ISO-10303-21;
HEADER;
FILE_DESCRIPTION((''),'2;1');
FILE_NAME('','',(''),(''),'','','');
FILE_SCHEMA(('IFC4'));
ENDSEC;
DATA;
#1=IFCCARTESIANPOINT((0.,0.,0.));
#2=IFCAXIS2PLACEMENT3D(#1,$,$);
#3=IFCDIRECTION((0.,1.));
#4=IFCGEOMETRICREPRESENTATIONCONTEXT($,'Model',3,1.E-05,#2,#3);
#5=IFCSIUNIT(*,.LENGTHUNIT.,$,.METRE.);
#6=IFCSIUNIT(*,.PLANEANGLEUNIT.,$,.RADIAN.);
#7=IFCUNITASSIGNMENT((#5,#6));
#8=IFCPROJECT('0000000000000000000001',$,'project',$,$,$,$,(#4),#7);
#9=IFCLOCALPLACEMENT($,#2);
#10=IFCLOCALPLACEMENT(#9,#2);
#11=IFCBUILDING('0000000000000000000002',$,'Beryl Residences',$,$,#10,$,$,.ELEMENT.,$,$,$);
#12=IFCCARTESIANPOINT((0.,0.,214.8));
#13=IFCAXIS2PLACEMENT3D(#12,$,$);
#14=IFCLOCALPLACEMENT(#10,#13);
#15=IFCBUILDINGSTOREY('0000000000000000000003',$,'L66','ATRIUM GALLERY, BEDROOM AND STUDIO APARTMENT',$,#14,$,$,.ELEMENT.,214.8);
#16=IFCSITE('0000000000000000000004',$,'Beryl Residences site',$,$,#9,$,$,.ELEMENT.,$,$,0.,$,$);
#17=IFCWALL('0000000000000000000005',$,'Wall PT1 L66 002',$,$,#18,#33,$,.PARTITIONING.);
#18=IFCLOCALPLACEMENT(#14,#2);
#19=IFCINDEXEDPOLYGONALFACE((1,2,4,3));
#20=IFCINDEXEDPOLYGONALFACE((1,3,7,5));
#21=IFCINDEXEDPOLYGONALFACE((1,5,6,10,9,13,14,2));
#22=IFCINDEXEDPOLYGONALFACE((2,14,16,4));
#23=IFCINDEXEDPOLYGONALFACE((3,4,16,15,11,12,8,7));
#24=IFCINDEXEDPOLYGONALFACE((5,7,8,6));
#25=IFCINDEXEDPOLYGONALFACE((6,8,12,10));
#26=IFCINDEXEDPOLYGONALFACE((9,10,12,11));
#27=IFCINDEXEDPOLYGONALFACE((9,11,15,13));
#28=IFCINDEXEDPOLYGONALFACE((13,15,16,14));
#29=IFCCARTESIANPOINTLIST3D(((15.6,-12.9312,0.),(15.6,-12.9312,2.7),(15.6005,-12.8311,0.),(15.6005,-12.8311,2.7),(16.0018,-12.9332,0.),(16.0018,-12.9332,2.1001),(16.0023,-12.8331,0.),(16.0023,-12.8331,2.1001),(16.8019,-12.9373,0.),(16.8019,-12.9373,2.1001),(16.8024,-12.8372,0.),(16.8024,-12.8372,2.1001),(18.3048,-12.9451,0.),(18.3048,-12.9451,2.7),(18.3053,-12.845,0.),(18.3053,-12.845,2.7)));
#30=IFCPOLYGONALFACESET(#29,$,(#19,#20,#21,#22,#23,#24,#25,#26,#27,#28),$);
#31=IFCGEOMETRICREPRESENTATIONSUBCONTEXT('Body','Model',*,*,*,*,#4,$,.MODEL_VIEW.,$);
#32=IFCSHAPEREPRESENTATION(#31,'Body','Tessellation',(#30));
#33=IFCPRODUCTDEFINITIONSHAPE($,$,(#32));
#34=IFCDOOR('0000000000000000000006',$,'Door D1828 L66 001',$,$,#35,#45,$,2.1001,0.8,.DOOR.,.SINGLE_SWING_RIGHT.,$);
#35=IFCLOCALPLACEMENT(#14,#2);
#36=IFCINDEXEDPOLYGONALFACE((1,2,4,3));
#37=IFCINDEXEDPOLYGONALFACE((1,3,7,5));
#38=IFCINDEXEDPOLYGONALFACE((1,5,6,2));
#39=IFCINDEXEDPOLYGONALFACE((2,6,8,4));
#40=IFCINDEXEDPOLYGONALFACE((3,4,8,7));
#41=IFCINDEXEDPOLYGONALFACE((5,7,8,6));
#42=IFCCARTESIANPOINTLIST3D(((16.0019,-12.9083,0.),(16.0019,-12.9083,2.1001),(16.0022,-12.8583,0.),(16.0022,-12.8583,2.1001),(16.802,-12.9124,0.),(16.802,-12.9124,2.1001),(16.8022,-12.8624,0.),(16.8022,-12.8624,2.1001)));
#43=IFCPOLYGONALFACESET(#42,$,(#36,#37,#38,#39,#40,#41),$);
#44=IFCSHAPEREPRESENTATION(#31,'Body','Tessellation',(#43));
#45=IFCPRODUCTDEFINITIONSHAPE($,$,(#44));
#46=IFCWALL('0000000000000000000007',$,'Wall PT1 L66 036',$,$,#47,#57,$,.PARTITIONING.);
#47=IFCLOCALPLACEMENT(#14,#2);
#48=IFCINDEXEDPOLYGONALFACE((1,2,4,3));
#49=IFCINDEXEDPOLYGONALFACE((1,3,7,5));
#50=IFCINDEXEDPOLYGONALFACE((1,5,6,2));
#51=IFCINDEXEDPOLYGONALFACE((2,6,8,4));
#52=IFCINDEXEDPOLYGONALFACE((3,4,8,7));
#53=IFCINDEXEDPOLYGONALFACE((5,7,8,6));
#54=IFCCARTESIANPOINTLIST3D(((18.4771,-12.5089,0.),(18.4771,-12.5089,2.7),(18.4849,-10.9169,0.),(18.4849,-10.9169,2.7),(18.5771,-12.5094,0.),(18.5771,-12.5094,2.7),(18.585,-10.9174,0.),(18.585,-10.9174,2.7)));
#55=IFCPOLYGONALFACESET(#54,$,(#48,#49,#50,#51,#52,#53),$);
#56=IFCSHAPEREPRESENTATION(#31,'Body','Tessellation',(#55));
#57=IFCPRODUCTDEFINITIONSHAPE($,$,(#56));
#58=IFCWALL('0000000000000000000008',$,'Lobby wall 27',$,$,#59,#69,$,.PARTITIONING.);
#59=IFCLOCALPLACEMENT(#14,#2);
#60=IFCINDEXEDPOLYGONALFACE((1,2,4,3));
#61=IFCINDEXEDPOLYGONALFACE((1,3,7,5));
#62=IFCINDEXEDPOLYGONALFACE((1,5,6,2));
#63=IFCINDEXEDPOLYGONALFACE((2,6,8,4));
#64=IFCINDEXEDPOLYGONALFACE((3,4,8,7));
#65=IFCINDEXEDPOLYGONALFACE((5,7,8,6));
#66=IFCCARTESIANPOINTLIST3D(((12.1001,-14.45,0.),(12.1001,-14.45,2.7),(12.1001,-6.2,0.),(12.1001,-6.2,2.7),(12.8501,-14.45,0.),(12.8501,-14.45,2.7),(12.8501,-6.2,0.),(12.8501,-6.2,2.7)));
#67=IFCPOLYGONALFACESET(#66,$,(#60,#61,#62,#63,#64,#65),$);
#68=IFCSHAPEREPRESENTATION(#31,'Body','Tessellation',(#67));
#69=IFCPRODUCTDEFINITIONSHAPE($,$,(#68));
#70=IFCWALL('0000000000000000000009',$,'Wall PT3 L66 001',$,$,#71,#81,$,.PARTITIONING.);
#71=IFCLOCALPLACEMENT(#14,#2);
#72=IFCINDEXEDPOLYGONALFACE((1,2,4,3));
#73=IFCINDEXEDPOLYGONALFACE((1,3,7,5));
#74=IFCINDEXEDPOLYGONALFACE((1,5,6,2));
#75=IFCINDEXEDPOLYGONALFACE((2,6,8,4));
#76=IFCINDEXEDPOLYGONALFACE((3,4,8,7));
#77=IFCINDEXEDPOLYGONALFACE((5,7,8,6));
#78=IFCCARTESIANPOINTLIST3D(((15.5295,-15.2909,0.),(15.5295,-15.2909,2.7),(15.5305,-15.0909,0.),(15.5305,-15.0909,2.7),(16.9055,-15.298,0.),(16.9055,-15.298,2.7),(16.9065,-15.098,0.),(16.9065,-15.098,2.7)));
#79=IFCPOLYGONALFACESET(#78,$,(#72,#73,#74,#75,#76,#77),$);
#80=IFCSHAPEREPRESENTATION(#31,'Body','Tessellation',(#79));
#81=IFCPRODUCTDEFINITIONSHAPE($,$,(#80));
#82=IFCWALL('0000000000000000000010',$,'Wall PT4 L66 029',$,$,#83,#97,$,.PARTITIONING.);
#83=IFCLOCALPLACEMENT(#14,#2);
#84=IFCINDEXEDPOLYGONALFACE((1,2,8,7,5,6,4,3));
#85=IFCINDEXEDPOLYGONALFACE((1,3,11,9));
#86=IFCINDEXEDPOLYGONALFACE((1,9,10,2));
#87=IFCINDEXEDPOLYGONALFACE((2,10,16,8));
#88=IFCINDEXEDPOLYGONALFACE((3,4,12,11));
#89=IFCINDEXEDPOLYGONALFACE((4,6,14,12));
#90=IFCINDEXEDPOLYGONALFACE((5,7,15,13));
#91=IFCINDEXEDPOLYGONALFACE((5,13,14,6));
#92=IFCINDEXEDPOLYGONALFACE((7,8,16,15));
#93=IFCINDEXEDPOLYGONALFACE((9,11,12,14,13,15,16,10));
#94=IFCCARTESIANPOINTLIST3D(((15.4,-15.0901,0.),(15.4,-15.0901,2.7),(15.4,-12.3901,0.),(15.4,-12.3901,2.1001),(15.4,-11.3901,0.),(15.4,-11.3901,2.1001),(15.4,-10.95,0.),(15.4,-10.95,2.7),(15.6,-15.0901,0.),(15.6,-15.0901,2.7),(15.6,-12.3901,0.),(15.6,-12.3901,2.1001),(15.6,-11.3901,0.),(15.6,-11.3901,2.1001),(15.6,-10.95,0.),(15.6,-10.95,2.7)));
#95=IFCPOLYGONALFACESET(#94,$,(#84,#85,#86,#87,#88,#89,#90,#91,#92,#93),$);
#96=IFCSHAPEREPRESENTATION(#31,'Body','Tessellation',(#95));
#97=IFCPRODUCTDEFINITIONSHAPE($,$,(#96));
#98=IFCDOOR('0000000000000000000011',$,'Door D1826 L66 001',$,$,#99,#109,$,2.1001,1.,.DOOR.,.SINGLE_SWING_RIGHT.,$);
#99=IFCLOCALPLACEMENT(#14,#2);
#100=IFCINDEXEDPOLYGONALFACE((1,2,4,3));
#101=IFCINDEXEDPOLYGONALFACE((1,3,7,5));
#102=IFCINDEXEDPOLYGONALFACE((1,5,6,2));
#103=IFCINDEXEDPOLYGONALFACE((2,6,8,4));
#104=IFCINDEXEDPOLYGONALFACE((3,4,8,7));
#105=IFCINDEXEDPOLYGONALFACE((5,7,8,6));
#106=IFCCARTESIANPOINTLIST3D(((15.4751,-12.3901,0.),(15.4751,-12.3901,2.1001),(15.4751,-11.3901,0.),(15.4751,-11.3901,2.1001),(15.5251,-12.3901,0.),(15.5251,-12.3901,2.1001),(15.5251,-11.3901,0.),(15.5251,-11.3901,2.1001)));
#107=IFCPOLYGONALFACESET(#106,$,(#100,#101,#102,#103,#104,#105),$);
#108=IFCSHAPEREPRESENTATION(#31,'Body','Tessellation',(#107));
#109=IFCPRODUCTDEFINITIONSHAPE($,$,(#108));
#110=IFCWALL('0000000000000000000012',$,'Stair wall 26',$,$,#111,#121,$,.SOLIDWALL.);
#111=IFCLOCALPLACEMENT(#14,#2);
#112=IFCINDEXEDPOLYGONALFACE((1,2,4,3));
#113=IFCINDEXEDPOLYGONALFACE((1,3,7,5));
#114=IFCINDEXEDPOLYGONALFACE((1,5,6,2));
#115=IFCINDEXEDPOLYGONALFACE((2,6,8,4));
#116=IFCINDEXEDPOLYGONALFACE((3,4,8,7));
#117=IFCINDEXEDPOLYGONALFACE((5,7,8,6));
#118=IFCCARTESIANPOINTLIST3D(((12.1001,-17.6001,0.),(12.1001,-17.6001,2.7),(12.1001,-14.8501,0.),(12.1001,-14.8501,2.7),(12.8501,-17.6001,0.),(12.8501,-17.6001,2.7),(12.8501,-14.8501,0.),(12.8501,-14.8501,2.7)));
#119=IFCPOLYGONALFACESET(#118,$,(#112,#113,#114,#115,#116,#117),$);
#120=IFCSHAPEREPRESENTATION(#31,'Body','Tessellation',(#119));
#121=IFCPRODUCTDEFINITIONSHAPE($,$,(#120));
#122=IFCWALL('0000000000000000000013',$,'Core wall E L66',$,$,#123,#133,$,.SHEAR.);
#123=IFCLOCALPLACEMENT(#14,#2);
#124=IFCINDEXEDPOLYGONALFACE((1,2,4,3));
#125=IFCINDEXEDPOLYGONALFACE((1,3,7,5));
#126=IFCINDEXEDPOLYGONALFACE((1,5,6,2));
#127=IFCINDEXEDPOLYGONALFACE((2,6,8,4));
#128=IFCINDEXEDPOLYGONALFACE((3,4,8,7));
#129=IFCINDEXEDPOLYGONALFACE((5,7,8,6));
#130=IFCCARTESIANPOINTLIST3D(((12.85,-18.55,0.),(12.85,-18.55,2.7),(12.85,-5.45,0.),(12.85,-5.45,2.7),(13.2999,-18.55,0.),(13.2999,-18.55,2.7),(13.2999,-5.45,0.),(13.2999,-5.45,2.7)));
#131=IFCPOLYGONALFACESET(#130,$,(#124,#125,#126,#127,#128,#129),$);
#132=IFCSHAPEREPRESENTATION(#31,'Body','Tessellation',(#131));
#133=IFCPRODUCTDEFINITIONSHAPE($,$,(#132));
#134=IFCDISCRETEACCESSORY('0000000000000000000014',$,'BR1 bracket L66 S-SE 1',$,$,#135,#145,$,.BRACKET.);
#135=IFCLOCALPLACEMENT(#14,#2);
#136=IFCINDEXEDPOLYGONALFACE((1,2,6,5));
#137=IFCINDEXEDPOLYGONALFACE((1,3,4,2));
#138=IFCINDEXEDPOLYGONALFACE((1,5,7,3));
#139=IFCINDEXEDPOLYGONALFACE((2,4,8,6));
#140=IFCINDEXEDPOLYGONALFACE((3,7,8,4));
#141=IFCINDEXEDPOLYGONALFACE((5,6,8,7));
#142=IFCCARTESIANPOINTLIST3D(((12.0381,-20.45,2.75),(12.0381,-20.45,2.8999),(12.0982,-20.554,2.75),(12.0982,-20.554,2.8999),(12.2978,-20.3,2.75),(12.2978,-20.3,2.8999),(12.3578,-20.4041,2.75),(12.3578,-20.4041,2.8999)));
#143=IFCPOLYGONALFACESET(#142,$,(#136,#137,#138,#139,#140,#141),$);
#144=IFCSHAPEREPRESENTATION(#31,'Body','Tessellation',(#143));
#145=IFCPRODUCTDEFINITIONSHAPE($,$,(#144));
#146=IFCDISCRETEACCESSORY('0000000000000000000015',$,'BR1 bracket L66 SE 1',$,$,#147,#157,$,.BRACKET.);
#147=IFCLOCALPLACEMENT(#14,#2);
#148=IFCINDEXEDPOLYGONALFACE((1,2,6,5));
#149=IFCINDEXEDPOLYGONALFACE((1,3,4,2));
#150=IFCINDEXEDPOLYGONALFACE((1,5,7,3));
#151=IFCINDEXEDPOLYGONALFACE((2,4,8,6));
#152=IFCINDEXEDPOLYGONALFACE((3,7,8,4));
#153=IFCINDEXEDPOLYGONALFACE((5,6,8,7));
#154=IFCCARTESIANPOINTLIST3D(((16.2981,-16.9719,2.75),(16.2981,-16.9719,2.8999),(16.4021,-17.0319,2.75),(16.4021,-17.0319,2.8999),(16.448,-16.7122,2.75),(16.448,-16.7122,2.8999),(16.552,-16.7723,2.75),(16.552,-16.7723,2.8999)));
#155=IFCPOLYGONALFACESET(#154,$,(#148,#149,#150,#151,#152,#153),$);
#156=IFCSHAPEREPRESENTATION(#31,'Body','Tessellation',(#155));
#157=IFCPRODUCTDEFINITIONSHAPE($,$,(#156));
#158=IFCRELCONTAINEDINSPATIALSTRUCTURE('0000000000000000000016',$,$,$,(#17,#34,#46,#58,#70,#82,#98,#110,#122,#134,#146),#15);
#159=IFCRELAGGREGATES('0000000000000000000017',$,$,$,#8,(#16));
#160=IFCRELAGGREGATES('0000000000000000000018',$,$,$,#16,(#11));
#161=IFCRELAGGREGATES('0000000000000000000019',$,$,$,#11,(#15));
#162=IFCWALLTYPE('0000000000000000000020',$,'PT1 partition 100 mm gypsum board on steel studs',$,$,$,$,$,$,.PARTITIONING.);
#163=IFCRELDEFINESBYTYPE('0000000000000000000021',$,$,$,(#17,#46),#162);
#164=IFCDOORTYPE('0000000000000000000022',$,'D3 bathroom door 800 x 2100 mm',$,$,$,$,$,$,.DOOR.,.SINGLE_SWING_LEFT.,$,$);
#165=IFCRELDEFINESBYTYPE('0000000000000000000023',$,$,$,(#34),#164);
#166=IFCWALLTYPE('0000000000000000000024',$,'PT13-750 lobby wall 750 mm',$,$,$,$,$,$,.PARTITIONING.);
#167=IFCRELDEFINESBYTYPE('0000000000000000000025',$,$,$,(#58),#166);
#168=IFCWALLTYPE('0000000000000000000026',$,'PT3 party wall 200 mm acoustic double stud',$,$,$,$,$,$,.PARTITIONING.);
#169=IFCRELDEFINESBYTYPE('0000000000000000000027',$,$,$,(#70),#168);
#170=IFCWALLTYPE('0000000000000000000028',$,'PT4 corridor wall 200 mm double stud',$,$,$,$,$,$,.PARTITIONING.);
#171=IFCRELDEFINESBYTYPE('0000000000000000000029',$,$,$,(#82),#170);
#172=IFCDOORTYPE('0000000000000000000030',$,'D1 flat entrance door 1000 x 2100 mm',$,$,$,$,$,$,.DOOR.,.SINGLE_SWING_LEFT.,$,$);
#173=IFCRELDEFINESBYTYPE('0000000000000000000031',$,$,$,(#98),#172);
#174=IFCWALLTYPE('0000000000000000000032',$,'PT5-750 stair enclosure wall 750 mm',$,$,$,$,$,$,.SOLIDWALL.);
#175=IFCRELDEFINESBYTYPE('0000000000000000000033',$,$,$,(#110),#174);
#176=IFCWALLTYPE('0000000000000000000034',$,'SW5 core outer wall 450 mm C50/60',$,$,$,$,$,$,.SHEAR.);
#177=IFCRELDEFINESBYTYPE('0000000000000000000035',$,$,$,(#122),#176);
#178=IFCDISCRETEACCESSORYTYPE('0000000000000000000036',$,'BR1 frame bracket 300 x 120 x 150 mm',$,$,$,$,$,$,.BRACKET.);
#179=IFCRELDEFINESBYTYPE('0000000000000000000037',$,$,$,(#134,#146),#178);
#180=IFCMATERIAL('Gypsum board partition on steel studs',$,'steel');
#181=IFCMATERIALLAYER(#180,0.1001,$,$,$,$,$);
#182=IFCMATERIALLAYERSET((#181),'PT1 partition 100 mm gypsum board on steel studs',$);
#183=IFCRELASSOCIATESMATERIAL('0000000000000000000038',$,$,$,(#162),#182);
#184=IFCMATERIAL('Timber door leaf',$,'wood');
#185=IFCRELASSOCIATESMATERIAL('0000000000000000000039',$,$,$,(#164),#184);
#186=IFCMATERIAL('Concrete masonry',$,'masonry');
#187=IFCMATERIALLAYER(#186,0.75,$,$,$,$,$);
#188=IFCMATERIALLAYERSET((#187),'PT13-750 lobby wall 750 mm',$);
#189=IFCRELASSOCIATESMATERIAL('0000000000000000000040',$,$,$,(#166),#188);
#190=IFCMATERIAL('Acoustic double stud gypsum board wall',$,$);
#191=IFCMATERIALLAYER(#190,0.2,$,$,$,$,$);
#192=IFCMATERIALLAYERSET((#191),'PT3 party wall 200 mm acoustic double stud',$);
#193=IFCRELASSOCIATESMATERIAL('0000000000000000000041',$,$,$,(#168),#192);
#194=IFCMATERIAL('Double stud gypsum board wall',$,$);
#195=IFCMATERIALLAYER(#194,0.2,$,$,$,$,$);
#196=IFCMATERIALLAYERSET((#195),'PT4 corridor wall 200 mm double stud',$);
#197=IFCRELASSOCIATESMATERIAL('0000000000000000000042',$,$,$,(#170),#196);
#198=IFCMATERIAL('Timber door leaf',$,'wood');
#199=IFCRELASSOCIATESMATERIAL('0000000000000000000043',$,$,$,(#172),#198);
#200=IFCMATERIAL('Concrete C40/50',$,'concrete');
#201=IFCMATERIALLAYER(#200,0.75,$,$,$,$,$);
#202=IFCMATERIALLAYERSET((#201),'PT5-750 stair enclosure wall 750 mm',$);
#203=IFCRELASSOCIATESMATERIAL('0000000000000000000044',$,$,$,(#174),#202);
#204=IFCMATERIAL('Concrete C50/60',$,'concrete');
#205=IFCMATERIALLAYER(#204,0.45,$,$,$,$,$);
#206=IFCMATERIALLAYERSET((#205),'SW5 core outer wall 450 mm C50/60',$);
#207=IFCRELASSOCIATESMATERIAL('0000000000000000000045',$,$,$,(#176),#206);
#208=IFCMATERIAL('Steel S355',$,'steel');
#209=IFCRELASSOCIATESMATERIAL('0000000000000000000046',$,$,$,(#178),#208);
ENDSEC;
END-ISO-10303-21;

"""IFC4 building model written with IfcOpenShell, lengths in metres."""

from ifc_helpers import new_model, si_unit, direction, frame, frame_2d, origin, place, context, subcontext, project, spatial, polyline, rectangle, outline, extrude, source, transform, mapped, material, layer, layer_set, type_object, type_shapes, element, fill, save


model = new_model("IFC4")

# Units and contexts
model_context = context("Model", 3, precision=1e-05, world=origin(), true_north=direction((0.0, 1.0)))
body_context = subcontext(model_context, "Body", "Model", "MODEL_VIEW")
ifc_project = project(units=[si_unit("LENGTHUNIT", "METRE"), si_unit("PLANEANGLEUNIT", "RADIAN")], contexts=[model_context])

# Site, building, storey
site_placement = place(None, origin())
site = spatial("IfcSite", under=ifc_project, at=site_placement, Name="Beryl Residences site", CompositionType="ELEMENT", RefElevation=0.0)
building_placement = place(site_placement, origin())
building = spatial("IfcBuilding", under=site, at=building_placement, Name="Beryl Residences", CompositionType="ELEMENT")
storey_placement = place(building_placement, frame((0.0, 0.0, 214.8)))
storey = spatial("IfcBuildingStorey", under=building, at=storey_placement, Name="L66", Description="ATRIUM GALLERY, BEDROOM AND STUDIO APARTMENT", CompositionType="ELEMENT", Elevation=214.8)

# Wall, opening, door
ifc_material_1 = material(Name="Gypsum board partition on steel studs", Category="steel")
ifc_layer_1 = layer(ifc_material_1, 0.1001)
ifc_layer_set_1 = layer_set([ifc_layer_1], Name="PT1 partition 100 mm gypsum board on steel studs")
wall_type_1 = type_object("IfcWallType", Name="PT1 partition 100 mm gypsum board on steel studs", PredefinedType="PARTITIONING", material=ifc_layer_set_1)
wall_1_placement = place(storey_placement, frame((15.6001, -12.8811, 0.0), z_axis=(0.0, 0.0, 1.0), x_axis=(0.999987, -0.005145, 0.0)))
wall_1 = element("IfcWall", 1, at=wall_1_placement, inside=storey, type_object=wall_type_1, Name="Wall PT1 L66 002", PredefinedType="PARTITIONING", context=body_context, shape_type="SweptSolid", body=[
    extrude(rectangle(XDim=2.7048, YDim=0.1001, at=frame_2d((1.3525, 0.0))), origin(), (0.0, 0.0, 1.0), 2.7),
])
opening_1_placement = place(wall_1_placement, frame((0.4021, 0.0, 0.0)))
opening_1 = element("IfcOpeningElement", 2, at=opening_1_placement, cuts=wall_1, PredefinedType="OPENING", context=body_context, shape_type="SweptSolid", body=[
    extrude(rectangle(XDim=0.8, YDim=2.1001, at=frame_2d((0.3999, 1.05))), frame((0.0, 0.0601, 0.0), z_axis=(0.0, -1.0, 0.0), x_axis=(1.0, 0.0, 0.0)), (0.0, 0.0, 1.0), 0.1201),
])
ifc_material_2 = material(Name="Timber door leaf", Category="wood")
door_type_1 = type_object("IfcDoorType", Name="D3 bathroom door 800 x 2100 mm", OperationType="SINGLE_SWING_LEFT", PredefinedType="DOOR", material=ifc_material_2)
door_1_placement = place(opening_1_placement, origin())
door_1 = element("IfcDoor", 3, at=door_1_placement, inside=storey, type_object=door_type_1, Name="Door D1828 L66 001", OperationType="SINGLE_SWING_RIGHT", OverallHeight=2.1001, OverallWidth=0.8, PredefinedType="DOOR", context=body_context, shape_type="SweptSolid", body=[
    extrude(rectangle(XDim=0.8, YDim=2.1001, at=frame_2d((0.3999, 1.05))), frame((0.0, 0.0249, 0.0), z_axis=(0.0, -1.0, 0.0), x_axis=(1.0, 0.0, 0.0)), (0.0, 0.0, 1.0), 0.05),
])
fill(opening_1, door_1)

# Walls
wall_2_placement = place(storey_placement, frame((18.5271, -12.509, 0.0), z_axis=(0.0, 0.0, 1.0), x_axis=(0.004907, 0.999988, 0.0)))
element("IfcWall", 4, at=wall_2_placement, inside=storey, type_object=wall_type_1, Name="Wall PT1 L66 036", PredefinedType="PARTITIONING", context=body_context, shape_type="SweptSolid", body=[
    extrude(rectangle(XDim=1.592, YDim=0.1001, at=frame_2d((0.7959, 0.0))), origin(), (0.0, 0.0, 1.0), 2.7),
])
ifc_material_3 = material(Name="Concrete masonry", Category="masonry")
ifc_layer_2 = layer(ifc_material_3, 0.75)
ifc_layer_set_2 = layer_set([ifc_layer_2], Name="PT13-750 lobby wall 750 mm")
wall_type_2 = type_object("IfcWallType", Name="PT13-750 lobby wall 750 mm", PredefinedType="PARTITIONING", material=ifc_layer_set_2)
wall_3_placement = place(storey_placement, frame((12.4751, -14.45, 0.0), z_axis=(0.0, 0.0, 1.0), x_axis=(0.0, 1.0, 0.0)))
element("IfcWall", 5, at=wall_3_placement, inside=storey, type_object=wall_type_2, Name="Lobby wall 27", PredefinedType="PARTITIONING", context=body_context, shape_type="SweptSolid", body=[
    extrude(rectangle(XDim=8.25, YDim=0.75, at=frame_2d((4.125, 0.0))), origin(), (0.0, 0.0, 1.0), 2.7),
])
ifc_material_4 = material(Name="Acoustic double stud gypsum board wall")
ifc_layer_3 = layer(ifc_material_4, 0.2)
ifc_layer_set_3 = layer_set([ifc_layer_3], Name="PT3 party wall 200 mm acoustic double stud")
wall_type_3 = type_object("IfcWallType", Name="PT3 party wall 200 mm acoustic double stud", PredefinedType="PARTITIONING", material=ifc_layer_set_3)
wall_4_placement = place(storey_placement, frame((15.53, -15.1909, 0.0), z_axis=(0.0, 0.0, 1.0), x_axis=(0.999987, -0.005145, 0.0)))
element("IfcWall", 6, at=wall_4_placement, inside=storey, type_object=wall_type_3, Name="Wall PT3 L66 001", PredefinedType="PARTITIONING", context=body_context, shape_type="SweptSolid", body=[
    extrude(rectangle(XDim=1.376, YDim=0.2, at=frame_2d((0.688, 0.0))), origin(), (0.0, 0.0, 1.0), 2.7),
])

# Wall, opening, door
ifc_material_5 = material(Name="Double stud gypsum board wall")
ifc_layer_4 = layer(ifc_material_5, 0.2)
ifc_layer_set_4 = layer_set([ifc_layer_4], Name="PT4 corridor wall 200 mm double stud")
wall_type_4 = type_object("IfcWallType", Name="PT4 corridor wall 200 mm double stud", PredefinedType="PARTITIONING", material=ifc_layer_set_4)
wall_5_placement = place(storey_placement, frame((15.5, -15.0901, 0.0), z_axis=(0.0, 0.0, 1.0), x_axis=(0.0, 1.0, 0.0)))
wall_5 = element("IfcWall", 7, at=wall_5_placement, inside=storey, type_object=wall_type_4, Name="Wall PT4 L66 029", PredefinedType="PARTITIONING", context=body_context, shape_type="SweptSolid", body=[
    extrude(rectangle(XDim=4.1401, YDim=0.2, at=frame_2d((2.0701, 0.0))), origin(), (0.0, 0.0, 1.0), 2.7),
])
opening_2_placement = place(wall_5_placement, frame((2.7, 0.0, 0.0)))
opening_2 = element("IfcOpeningElement", 8, at=opening_2_placement, cuts=wall_5, PredefinedType="OPENING", context=body_context, shape_type="SweptSolid", body=[
    extrude(rectangle(XDim=1.0, YDim=2.1001, at=frame_2d((0.5, 1.05))), frame((0.0, 0.1099, 0.0), z_axis=(0.0, -1.0, 0.0), x_axis=(1.0, 0.0, 0.0)), (0.0, 0.0, 1.0), 0.22),
])
ifc_material_6 = material(Name="Timber door leaf", Category="wood")
door_type_2 = type_object("IfcDoorType", Name="D1 flat entrance door 1000 x 2100 mm", OperationType="SINGLE_SWING_LEFT", PredefinedType="DOOR", material=ifc_material_6)
door_2_placement = place(opening_2_placement, origin())
door_2 = element("IfcDoor", 9, at=door_2_placement, inside=storey, type_object=door_type_2, Name="Door D1826 L66 001", OperationType="SINGLE_SWING_RIGHT", OverallHeight=2.1001, OverallWidth=1.0, PredefinedType="DOOR", context=body_context, shape_type="SweptSolid", body=[
    extrude(rectangle(XDim=1.0, YDim=2.1001, at=frame_2d((0.5, 1.05))), frame((0.0, 0.0249, 0.0), z_axis=(0.0, -1.0, 0.0), x_axis=(1.0, 0.0, 0.0)), (0.0, 0.0, 1.0), 0.05),
])
fill(opening_2, door_2)

# Walls
ifc_material_7 = material(Name="Concrete C40/50", Category="concrete")
ifc_layer_5 = layer(ifc_material_7, 0.75)
ifc_layer_set_5 = layer_set([ifc_layer_5], Name="PT5-750 stair enclosure wall 750 mm")
wall_type_5 = type_object("IfcWallType", Name="PT5-750 stair enclosure wall 750 mm", PredefinedType="SOLIDWALL", material=ifc_layer_set_5)
wall_6_placement = place(storey_placement, frame((12.4751, -17.6001, 0.0), z_axis=(0.0, 0.0, 1.0), x_axis=(0.0, 1.0, 0.0)))
element("IfcWall", 10, at=wall_6_placement, inside=storey, type_object=wall_type_5, Name="Stair wall 26", PredefinedType="SOLIDWALL", context=body_context, shape_type="SweptSolid", body=[
    extrude(rectangle(XDim=2.75, YDim=0.75, at=frame_2d((1.375, 0.0))), origin(), (0.0, 0.0, 1.0), 2.7),
])
ifc_material_8 = material(Name="Concrete C50/60", Category="concrete")
ifc_layer_6 = layer(ifc_material_8, 0.45)
ifc_layer_set_6 = layer_set([ifc_layer_6], Name="SW5 core outer wall 450 mm C50/60")
wall_type_6 = type_object("IfcWallType", Name="SW5 core outer wall 450 mm C50/60", PredefinedType="SHEAR", material=ifc_layer_set_6)
wall_7_placement = place(storey_placement, frame((13.075, -18.55, 0.0), z_axis=(0.0, 0.0, 1.0), x_axis=(0.0, 1.0, 0.0)))
element("IfcWall", 11, at=wall_7_placement, inside=storey, type_object=wall_type_6, Name="Core wall E L66", PredefinedType="SHEAR", context=body_context, shape_type="SweptSolid", body=[
    extrude(rectangle(XDim=13.1001, YDim=0.45, at=frame_2d((6.55, 0.0))), origin(), (0.0, 0.0, 1.0), 2.7),
])

# Discrete accessories
ifc_material_9 = material(Name="Steel S355", Category="steel")
discrete_accessory_type = type_object("IfcDiscreteAccessoryType", Name="BR1 frame bracket 300 x 120 x 150 mm", PredefinedType="BRACKET", material=ifc_material_9)
shared_shape_1 = source(origin(), body_context, "Body", "SweptSolid", [
    extrude(outline(polyline([(-0.1499, 0.0), (0.1499, 0.0), (0.1499, 0.1201), (-0.1499, 0.1201), (-0.1499, 0.0)])), origin(), (0.0, 0.0, 1.0), 0.1499),
])
type_shapes(discrete_accessory_type, [shared_shape_1])
for number, where, z_axis, x_axis, name in (
    (12, (12.168, -20.375, 2.75), (0.0, 0.0, 1.0), (-0.866025, -0.5, 0.0), "BR1 bracket L66 S-SE 1"),
    (13, (16.373, -16.842, 2.75), (0.0, 0.0, 1.0), (-0.5, -0.866025, 0.0), "BR1 bracket L66 SE 1"),
):
    element("IfcDiscreteAccessory", number, at=place(storey_placement, frame(where, z_axis=z_axis, x_axis=x_axis)), inside=storey, type_object=discrete_accessory_type, Name=name, PredefinedType="BRACKET", context=body_context, shape_type="MappedRepresentation", body=[
        mapped(shared_shape_1, transform((0.0, 0.0, 0.0))),
    ])

save(model, "model.ifc")
